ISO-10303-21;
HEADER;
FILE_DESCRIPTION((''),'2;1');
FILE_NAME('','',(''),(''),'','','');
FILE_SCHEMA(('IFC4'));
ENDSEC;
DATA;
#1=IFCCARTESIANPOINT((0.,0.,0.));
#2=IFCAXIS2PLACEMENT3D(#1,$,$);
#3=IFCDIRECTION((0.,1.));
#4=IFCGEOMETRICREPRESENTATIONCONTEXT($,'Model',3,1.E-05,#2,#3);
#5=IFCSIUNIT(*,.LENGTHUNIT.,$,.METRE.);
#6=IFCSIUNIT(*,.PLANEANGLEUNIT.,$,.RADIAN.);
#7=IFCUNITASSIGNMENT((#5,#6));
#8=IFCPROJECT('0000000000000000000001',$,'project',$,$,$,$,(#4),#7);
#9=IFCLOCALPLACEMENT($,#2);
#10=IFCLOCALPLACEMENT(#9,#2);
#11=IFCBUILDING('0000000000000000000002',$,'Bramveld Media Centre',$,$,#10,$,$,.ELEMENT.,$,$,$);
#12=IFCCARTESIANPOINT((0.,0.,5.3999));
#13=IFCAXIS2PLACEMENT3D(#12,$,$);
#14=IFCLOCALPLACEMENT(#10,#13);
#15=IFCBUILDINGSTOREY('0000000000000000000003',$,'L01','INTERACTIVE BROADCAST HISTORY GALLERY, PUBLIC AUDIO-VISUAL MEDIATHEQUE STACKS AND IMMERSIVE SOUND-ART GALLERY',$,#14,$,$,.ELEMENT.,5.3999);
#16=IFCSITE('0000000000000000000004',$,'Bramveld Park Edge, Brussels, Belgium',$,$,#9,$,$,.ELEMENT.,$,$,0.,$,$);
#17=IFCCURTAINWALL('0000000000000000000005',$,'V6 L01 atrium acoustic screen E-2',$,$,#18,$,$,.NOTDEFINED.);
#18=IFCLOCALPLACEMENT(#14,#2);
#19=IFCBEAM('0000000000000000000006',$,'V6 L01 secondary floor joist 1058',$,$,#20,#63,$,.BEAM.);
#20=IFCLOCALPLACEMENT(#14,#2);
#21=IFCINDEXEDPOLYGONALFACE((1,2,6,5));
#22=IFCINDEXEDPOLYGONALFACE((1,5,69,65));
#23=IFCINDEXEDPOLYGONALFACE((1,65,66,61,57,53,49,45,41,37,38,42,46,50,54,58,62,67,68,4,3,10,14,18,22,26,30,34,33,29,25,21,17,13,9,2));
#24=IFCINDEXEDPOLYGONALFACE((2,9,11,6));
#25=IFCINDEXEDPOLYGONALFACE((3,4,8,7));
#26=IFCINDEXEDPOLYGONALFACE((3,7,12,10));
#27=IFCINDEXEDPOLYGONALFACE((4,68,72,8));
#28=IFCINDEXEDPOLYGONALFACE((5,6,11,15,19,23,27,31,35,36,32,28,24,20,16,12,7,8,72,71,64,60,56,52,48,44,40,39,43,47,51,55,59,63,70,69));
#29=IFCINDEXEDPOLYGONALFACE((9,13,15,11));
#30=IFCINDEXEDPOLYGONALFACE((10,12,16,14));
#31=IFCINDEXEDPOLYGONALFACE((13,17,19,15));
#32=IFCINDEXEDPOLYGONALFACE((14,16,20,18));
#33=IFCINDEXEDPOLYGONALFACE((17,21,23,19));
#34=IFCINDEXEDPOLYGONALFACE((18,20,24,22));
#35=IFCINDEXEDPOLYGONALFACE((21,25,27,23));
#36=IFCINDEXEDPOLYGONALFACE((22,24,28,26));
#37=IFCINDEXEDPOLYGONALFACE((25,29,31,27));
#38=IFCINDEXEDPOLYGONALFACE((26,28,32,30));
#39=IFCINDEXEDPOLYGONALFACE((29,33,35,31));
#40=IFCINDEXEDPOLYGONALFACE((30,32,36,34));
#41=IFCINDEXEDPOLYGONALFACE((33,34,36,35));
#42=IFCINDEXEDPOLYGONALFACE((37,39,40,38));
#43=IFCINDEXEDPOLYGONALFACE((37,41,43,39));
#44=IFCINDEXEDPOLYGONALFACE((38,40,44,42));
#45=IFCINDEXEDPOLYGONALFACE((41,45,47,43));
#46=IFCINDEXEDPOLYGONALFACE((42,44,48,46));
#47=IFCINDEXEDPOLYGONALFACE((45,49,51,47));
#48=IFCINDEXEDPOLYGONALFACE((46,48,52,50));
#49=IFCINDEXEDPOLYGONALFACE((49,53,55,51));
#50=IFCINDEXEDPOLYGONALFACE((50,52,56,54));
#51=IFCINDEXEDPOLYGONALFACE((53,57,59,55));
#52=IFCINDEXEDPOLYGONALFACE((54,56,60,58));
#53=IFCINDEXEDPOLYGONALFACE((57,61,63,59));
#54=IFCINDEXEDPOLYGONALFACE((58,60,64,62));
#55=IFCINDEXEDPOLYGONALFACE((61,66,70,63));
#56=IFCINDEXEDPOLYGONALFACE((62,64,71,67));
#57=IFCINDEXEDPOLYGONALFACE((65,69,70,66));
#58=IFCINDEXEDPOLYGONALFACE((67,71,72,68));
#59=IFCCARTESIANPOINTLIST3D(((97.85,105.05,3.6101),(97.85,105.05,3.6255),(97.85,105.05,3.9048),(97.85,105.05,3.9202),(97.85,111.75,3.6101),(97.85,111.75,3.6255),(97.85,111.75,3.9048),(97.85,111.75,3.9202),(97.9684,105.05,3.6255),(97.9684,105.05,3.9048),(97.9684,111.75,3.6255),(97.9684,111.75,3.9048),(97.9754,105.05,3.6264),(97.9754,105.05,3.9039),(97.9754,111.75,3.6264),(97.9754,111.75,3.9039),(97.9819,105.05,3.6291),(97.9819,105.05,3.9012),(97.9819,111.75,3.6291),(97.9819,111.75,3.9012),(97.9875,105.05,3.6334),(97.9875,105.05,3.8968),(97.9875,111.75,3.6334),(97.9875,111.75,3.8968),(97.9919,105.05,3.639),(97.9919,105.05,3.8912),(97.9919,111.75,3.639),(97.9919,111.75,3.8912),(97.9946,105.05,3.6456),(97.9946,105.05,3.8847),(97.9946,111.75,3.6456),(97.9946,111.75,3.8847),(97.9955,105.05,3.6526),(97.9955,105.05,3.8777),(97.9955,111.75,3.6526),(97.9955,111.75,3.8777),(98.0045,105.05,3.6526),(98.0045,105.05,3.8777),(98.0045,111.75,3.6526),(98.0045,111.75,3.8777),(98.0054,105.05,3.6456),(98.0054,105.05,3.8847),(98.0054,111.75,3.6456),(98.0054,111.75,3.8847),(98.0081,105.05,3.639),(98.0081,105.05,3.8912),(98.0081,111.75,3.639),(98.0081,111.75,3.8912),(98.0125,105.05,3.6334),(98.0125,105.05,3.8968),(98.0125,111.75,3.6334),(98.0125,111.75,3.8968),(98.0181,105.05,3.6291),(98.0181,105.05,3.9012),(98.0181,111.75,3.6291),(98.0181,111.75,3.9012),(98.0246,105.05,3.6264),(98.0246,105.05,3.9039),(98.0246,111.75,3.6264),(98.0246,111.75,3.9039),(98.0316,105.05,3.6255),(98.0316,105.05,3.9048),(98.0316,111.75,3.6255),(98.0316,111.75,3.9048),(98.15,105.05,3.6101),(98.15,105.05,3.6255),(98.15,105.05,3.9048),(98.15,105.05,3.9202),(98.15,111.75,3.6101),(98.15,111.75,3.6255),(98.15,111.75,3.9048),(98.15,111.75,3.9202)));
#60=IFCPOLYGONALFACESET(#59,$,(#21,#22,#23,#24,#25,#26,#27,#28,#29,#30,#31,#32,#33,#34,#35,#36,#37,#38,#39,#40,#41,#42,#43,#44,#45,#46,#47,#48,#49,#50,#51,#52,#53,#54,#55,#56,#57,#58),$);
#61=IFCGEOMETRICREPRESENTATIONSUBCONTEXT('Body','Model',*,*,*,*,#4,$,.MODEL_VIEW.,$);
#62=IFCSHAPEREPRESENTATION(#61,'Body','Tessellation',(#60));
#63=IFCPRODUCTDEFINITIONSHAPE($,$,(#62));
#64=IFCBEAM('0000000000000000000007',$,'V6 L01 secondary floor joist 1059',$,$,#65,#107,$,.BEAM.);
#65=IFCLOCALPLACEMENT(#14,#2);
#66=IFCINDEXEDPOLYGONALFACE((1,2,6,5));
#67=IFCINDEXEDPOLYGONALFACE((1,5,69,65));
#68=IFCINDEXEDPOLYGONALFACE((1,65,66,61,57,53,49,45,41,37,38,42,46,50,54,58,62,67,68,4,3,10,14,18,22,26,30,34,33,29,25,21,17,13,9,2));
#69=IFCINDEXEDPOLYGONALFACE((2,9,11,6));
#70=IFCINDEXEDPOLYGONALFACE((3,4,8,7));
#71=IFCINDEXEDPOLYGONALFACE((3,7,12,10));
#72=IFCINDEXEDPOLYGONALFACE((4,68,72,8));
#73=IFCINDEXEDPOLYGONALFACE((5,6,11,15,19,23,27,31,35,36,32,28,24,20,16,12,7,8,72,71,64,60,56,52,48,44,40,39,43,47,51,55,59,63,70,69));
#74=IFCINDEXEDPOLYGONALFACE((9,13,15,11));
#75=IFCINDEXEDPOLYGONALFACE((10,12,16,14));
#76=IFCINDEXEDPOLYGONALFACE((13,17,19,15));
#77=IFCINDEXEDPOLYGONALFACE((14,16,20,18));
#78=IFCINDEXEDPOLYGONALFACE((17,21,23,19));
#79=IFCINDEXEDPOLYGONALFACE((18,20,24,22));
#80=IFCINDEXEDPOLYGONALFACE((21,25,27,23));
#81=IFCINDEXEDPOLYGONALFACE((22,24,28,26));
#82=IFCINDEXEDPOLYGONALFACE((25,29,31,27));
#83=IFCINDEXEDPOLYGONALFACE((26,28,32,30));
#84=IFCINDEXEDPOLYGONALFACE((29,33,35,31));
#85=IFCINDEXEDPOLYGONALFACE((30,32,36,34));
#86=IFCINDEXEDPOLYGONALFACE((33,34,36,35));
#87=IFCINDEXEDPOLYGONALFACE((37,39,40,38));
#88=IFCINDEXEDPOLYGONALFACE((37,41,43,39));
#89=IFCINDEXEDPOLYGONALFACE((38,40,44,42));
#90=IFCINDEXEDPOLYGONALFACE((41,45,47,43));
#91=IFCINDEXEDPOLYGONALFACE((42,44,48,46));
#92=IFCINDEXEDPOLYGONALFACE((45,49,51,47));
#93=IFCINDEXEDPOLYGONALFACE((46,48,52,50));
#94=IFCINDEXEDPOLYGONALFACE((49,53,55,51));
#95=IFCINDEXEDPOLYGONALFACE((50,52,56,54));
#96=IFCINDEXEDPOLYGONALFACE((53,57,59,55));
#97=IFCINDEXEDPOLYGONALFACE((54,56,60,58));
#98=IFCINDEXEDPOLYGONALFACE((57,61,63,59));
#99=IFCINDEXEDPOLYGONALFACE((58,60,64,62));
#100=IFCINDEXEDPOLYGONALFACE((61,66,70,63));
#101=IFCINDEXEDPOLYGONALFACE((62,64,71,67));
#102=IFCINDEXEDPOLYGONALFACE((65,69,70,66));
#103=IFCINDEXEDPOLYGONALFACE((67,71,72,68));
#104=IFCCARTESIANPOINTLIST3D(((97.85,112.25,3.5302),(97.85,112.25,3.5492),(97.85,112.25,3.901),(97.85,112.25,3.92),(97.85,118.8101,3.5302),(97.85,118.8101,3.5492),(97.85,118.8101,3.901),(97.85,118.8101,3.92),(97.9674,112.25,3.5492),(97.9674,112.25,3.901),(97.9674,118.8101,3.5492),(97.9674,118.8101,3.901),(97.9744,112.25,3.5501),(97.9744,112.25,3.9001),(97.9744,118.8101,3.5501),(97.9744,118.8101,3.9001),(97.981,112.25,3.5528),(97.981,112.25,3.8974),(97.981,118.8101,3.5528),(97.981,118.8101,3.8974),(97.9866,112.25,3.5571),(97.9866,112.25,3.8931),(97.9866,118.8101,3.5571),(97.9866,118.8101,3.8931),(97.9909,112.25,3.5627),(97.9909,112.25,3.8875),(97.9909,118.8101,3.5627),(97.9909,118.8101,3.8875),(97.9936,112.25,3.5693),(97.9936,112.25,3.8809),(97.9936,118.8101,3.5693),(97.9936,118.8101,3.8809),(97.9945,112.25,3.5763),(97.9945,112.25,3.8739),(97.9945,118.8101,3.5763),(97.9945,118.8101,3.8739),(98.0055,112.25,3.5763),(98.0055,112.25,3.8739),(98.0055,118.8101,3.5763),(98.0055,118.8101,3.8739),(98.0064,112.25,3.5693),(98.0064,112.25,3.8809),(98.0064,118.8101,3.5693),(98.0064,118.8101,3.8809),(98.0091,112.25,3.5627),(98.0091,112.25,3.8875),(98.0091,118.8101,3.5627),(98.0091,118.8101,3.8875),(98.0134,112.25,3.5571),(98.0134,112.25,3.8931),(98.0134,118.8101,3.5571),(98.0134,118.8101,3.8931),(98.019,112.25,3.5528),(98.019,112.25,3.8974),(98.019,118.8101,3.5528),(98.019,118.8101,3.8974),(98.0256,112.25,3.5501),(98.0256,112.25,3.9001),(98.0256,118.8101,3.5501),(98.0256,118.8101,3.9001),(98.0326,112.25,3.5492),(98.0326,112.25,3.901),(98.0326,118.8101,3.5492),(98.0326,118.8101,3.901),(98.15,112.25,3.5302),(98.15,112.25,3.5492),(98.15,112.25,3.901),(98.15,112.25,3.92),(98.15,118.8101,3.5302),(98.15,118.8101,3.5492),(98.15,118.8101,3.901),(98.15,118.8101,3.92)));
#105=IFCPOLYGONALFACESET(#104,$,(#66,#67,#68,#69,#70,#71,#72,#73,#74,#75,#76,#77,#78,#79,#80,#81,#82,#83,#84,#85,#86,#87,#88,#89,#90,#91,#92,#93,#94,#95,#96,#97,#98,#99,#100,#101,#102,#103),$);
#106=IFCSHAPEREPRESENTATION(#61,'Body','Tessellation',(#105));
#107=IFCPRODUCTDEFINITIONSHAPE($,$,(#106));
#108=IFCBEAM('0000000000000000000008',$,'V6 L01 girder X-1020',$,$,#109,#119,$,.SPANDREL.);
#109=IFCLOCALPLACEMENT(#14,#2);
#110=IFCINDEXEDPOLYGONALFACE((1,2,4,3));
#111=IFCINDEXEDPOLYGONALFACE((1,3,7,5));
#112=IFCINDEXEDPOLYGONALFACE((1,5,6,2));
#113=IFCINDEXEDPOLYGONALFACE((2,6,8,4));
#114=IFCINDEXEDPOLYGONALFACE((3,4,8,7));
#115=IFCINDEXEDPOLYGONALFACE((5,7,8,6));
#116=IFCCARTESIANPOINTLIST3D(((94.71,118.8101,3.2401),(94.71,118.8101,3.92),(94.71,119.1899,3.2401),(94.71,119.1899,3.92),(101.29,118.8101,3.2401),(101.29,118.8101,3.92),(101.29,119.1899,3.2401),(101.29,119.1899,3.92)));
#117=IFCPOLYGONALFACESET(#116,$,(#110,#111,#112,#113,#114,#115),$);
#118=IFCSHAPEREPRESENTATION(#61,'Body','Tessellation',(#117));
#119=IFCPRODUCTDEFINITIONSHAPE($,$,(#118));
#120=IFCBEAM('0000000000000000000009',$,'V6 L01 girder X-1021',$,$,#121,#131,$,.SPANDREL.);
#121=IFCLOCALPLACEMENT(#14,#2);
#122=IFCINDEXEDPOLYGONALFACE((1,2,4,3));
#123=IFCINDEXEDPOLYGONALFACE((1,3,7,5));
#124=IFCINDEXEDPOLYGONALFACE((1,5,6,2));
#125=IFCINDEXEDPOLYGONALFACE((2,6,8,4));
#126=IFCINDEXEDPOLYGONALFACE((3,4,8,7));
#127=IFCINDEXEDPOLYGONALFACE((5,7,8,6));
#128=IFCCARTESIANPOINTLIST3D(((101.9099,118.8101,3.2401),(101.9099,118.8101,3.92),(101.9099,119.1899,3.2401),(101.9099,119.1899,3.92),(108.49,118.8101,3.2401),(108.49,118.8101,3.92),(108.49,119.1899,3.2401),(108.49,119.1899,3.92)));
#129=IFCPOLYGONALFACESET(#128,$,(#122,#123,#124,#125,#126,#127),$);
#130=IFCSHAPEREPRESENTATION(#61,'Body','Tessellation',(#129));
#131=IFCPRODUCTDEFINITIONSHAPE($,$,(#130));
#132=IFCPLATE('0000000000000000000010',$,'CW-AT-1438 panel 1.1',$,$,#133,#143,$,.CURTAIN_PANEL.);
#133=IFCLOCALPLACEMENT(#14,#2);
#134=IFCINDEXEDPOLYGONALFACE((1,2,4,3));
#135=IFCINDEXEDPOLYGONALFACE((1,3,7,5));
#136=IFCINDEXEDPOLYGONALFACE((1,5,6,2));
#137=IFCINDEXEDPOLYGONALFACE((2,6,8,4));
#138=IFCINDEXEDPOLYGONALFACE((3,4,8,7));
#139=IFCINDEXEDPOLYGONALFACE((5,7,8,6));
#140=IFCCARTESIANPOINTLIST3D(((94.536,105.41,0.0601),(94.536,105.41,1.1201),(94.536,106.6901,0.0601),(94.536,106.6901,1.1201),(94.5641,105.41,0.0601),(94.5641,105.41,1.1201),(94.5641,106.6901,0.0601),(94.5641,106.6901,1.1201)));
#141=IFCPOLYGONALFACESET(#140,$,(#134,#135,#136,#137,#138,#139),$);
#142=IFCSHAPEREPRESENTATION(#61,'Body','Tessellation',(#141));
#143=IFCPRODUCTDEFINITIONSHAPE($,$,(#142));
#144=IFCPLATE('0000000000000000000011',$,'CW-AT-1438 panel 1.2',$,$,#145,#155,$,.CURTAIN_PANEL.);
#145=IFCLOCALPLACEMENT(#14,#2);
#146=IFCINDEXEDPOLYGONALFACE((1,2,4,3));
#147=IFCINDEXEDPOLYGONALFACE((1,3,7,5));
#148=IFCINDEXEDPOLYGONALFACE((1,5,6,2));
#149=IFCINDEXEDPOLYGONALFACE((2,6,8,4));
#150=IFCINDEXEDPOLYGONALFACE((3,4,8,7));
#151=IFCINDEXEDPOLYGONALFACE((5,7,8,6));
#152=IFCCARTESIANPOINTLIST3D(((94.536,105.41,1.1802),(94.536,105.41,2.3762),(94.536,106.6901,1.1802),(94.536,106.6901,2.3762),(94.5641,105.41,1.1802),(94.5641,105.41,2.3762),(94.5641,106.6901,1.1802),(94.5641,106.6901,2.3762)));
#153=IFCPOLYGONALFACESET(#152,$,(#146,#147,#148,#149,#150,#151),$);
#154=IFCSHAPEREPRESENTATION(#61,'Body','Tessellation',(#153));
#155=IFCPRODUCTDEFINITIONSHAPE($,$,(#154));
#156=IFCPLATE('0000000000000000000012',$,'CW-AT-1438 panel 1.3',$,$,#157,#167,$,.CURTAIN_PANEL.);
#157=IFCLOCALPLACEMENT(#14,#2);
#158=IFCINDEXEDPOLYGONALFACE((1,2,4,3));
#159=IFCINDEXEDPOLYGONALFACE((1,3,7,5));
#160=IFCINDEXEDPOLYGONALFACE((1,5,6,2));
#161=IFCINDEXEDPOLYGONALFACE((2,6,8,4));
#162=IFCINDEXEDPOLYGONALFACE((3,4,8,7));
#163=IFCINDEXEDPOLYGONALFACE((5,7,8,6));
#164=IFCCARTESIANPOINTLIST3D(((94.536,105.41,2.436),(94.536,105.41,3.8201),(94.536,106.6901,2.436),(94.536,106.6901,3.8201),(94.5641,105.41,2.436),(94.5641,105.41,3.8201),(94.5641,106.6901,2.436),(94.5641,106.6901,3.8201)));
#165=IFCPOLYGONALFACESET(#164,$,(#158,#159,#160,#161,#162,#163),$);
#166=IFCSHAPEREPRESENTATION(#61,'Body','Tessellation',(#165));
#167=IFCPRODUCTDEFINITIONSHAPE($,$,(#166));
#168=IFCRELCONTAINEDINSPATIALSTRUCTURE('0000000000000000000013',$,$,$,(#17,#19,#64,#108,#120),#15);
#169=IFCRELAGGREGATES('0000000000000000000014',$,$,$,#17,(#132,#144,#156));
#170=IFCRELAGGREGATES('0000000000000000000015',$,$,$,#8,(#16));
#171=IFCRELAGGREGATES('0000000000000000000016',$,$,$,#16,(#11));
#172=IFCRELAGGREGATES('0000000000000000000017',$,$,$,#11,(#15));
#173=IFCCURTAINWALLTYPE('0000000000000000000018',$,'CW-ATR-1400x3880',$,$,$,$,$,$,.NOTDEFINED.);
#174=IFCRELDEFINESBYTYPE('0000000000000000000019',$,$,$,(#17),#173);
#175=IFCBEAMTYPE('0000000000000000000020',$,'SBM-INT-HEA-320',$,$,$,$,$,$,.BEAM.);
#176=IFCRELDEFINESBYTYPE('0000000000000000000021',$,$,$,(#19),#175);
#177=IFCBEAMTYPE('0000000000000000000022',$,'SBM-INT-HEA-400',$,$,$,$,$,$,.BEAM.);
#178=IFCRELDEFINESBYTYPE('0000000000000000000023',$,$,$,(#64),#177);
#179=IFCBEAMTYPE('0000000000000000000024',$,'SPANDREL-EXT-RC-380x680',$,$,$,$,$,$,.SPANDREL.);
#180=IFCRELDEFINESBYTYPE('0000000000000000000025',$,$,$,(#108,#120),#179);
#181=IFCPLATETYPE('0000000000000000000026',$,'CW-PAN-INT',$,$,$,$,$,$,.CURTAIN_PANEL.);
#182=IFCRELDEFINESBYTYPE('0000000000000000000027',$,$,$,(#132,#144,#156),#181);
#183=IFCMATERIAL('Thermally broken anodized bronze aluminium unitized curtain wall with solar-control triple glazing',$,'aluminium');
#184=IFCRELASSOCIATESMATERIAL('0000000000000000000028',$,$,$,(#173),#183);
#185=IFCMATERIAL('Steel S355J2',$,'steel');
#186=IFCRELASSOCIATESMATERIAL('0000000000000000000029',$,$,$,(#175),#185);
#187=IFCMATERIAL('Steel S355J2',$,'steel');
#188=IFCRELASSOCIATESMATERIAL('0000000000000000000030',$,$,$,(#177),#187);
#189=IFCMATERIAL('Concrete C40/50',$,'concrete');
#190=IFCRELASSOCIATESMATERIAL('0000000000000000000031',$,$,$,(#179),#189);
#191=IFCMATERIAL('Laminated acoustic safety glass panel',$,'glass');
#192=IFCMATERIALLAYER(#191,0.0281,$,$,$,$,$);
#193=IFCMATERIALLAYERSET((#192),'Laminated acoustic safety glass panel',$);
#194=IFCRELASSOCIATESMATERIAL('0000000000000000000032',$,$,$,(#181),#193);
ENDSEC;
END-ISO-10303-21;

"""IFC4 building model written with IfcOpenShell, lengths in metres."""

from ifc_helpers import new_model, si_unit, direction, frame, origin, origin_2d, place, context, subcontext, project, spatial, rectangle, i_section, extrude, material, layer, layer_set, material_profile, profile_set, type_object, element, aggregate, save


model = new_model("IFC4")

# Units and contexts
model_context = context("Model", 3, precision=1e-05, world=origin(), true_north=direction((0.0, 1.0)))
body_context = subcontext(model_context, "Body", "Model", "MODEL_VIEW")
ifc_project = project(units=[si_unit("LENGTHUNIT", "METRE"), si_unit("PLANEANGLEUNIT", "RADIAN")], contexts=[model_context])

# Site, building, storey
site_placement = place(None, origin())
site = spatial("IfcSite", under=ifc_project, at=site_placement, Name="Bramveld Park Edge, Brussels, Belgium", CompositionType="ELEMENT", RefElevation=0.0)
building_placement = place(site_placement, origin())
building = spatial("IfcBuilding", under=site, at=building_placement, Name="Bramveld Media Centre", CompositionType="ELEMENT")
storey_placement = place(building_placement, frame((0.0, 0.0, 5.3999)))
storey = spatial("IfcBuildingStorey", under=building, at=storey_placement, Name="L01", Description="INTERACTIVE BROADCAST HISTORY GALLERY, PUBLIC AUDIO-VISUAL MEDIATHEQUE STACKS AND IMMERSIVE SOUND-ART GALLERY", CompositionType="ELEMENT", Elevation=5.3999)

# Curtain wall
ifc_material_1 = material(Name="Thermally broken anodized bronze aluminium unitized curtain wall with solar-control triple glazing", Category="aluminium")
curtain_wall_type = type_object("IfcCurtainWallType", Name="CW-ATR-1400x3880", PredefinedType="NOTDEFINED", material=ifc_material_1)
curtain_wall_placement = place(storey_placement, origin())
curtain_wall = element("IfcCurtainWall", 1, at=curtain_wall_placement, inside=storey, type_object=curtain_wall_type, Name="V6 L01 atrium acoustic screen E-2", PredefinedType="NOTDEFINED")

# Beams
ifc_material_2 = material(Name="Steel S355J2", Category="steel")
ifc_material_profile_1 = material_profile(ifc_material_2, i_section(OverallWidth=0.3, OverallDepth=0.3101, WebThickness=0.009, FlangeThickness=0.0154, FilletRadius=0.0271, at=origin_2d()), Name="HEA 320")
ifc_profile_set_1 = profile_set([ifc_material_profile_1], Name="Steel S355J2")
beam_type_1 = type_object("IfcBeamType", Name="SBM-INT-HEA-320", PredefinedType="BEAM", material=ifc_profile_set_1)
beam_1_placement = place(storey_placement, frame((98.0, 105.05, 3.7651), z_axis=(0.0, 1.0, 0.0), x_axis=(-1.0, 0.0, 0.0)))
element("IfcBeam", 2, at=beam_1_placement, inside=storey, type_object=beam_type_1, Name="V6 L01 secondary floor joist 1058", PredefinedType="BEAM", context=body_context, shape_type="SweptSolid", body=[
    extrude(i_section(OverallWidth=0.3, OverallDepth=0.3101, WebThickness=0.009, FlangeThickness=0.0154, FilletRadius=0.0271, at=origin_2d()), origin(), (0.0, 0.0, 1.0), 6.7),
])
ifc_material_3 = material(Name="Steel S355J2", Category="steel")
ifc_material_profile_2 = material_profile(ifc_material_3, i_section(OverallWidth=0.3, OverallDepth=0.3899, WebThickness=0.011, FlangeThickness=0.019, FilletRadius=0.0271, at=origin_2d()), Name="HEA 400")
ifc_profile_set_2 = profile_set([ifc_material_profile_2], Name="Steel S355J2")
beam_type_2 = type_object("IfcBeamType", Name="SBM-INT-HEA-400", PredefinedType="BEAM", material=ifc_profile_set_2)
beam_2_placement = place(storey_placement, frame((98.0, 112.25, 3.7251), z_axis=(0.0, 1.0, 0.0), x_axis=(-1.0, 0.0, 0.0)))
element("IfcBeam", 3, at=beam_2_placement, inside=storey, type_object=beam_type_2, Name="V6 L01 secondary floor joist 1059", PredefinedType="BEAM", context=body_context, shape_type="SweptSolid", body=[
    extrude(i_section(OverallWidth=0.3, OverallDepth=0.3899, WebThickness=0.011, FlangeThickness=0.019, FilletRadius=0.0271, at=origin_2d()), origin(), (0.0, 0.0, 1.0), 6.5601),
])
ifc_material_4 = material(Name="Concrete C40/50", Category="concrete")
ifc_material_profile_3 = material_profile(ifc_material_4, rectangle(XDim=0.3799, YDim=0.6799, at=origin_2d()), Name="RC 380x680")
ifc_profile_set_3 = profile_set([ifc_material_profile_3], Name="Concrete C40/50")
beam_type_3 = type_object("IfcBeamType", Name="SPANDREL-EXT-RC-380x680", PredefinedType="SPANDREL", material=ifc_profile_set_3)
for number, where, z_axis, x_axis, name in (
    (4, (94.71, 119.0, 3.5801), (1.0, 0.0, 0.0), (0.0, 1.0, 0.0), "V6 L01 girder X-1020"),
    (5, (101.9099, 119.0, 3.5801), (1.0, 0.0, 0.0), (0.0, 1.0, 0.0), "V6 L01 girder X-1021"),
):
    element("IfcBeam", number, at=place(storey_placement, frame(where, z_axis=z_axis, x_axis=x_axis)), inside=storey, type_object=beam_type_3, Name=name, PredefinedType="SPANDREL", context=body_context, shape_type="SweptSolid", body=[
        extrude(rectangle(XDim=0.3799, YDim=0.6799, at=origin_2d()), origin(), (0.0, 0.0, 1.0), 6.5801),
    ])

# Plates
ifc_material_5 = material(Name="Laminated acoustic safety glass panel", Category="glass")
ifc_layer = layer(ifc_material_5, 0.0281)
ifc_layer_set = layer_set([ifc_layer], Name="Laminated acoustic safety glass panel")
plate_type = type_object("IfcPlateType", Name="CW-PAN-INT", PredefinedType="CURTAIN_PANEL", material=ifc_layer_set)
plate_1_placement = place(storey_placement, frame((94.55, 106.05, 0.0601), z_axis=(0.0, 0.0, 1.0), x_axis=(0.0, 1.0, 0.0)))
plate_1 = element("IfcPlate", 6, at=plate_1_placement, type_object=plate_type, Name="CW-AT-1438 panel 1.1", PredefinedType="CURTAIN_PANEL", context=body_context, shape_type="SweptSolid", body=[
    extrude(rectangle(XDim=1.28, YDim=0.0281, at=origin_2d()), origin(), (0.0, 0.0, 1.0), 1.0601),
])
plate_2_placement = place(storey_placement, frame((94.55, 106.05, 1.1802), z_axis=(0.0, 0.0, 1.0), x_axis=(0.0, 1.0, 0.0)))
plate_2 = element("IfcPlate", 7, at=plate_2_placement, type_object=plate_type, Name="CW-AT-1438 panel 1.2", PredefinedType="CURTAIN_PANEL", context=body_context, shape_type="SweptSolid", body=[
    extrude(rectangle(XDim=1.28, YDim=0.0281, at=origin_2d()), origin(), (0.0, 0.0, 1.0), 1.196),
])
plate_3_placement = place(storey_placement, frame((94.55, 106.05, 2.436), z_axis=(0.0, 0.0, 1.0), x_axis=(0.0, 1.0, 0.0)))
plate_3 = element("IfcPlate", 8, at=plate_3_placement, type_object=plate_type, Name="CW-AT-1438 panel 1.3", PredefinedType="CURTAIN_PANEL", context=body_context, shape_type="SweptSolid", body=[
    extrude(rectangle(XDim=1.28, YDim=0.0281, at=origin_2d()), origin(), (0.0, 0.0, 1.0), 1.384),
])
aggregate(curtain_wall, [plate_1, plate_2, plate_3])

save(model, "model.ifc")
